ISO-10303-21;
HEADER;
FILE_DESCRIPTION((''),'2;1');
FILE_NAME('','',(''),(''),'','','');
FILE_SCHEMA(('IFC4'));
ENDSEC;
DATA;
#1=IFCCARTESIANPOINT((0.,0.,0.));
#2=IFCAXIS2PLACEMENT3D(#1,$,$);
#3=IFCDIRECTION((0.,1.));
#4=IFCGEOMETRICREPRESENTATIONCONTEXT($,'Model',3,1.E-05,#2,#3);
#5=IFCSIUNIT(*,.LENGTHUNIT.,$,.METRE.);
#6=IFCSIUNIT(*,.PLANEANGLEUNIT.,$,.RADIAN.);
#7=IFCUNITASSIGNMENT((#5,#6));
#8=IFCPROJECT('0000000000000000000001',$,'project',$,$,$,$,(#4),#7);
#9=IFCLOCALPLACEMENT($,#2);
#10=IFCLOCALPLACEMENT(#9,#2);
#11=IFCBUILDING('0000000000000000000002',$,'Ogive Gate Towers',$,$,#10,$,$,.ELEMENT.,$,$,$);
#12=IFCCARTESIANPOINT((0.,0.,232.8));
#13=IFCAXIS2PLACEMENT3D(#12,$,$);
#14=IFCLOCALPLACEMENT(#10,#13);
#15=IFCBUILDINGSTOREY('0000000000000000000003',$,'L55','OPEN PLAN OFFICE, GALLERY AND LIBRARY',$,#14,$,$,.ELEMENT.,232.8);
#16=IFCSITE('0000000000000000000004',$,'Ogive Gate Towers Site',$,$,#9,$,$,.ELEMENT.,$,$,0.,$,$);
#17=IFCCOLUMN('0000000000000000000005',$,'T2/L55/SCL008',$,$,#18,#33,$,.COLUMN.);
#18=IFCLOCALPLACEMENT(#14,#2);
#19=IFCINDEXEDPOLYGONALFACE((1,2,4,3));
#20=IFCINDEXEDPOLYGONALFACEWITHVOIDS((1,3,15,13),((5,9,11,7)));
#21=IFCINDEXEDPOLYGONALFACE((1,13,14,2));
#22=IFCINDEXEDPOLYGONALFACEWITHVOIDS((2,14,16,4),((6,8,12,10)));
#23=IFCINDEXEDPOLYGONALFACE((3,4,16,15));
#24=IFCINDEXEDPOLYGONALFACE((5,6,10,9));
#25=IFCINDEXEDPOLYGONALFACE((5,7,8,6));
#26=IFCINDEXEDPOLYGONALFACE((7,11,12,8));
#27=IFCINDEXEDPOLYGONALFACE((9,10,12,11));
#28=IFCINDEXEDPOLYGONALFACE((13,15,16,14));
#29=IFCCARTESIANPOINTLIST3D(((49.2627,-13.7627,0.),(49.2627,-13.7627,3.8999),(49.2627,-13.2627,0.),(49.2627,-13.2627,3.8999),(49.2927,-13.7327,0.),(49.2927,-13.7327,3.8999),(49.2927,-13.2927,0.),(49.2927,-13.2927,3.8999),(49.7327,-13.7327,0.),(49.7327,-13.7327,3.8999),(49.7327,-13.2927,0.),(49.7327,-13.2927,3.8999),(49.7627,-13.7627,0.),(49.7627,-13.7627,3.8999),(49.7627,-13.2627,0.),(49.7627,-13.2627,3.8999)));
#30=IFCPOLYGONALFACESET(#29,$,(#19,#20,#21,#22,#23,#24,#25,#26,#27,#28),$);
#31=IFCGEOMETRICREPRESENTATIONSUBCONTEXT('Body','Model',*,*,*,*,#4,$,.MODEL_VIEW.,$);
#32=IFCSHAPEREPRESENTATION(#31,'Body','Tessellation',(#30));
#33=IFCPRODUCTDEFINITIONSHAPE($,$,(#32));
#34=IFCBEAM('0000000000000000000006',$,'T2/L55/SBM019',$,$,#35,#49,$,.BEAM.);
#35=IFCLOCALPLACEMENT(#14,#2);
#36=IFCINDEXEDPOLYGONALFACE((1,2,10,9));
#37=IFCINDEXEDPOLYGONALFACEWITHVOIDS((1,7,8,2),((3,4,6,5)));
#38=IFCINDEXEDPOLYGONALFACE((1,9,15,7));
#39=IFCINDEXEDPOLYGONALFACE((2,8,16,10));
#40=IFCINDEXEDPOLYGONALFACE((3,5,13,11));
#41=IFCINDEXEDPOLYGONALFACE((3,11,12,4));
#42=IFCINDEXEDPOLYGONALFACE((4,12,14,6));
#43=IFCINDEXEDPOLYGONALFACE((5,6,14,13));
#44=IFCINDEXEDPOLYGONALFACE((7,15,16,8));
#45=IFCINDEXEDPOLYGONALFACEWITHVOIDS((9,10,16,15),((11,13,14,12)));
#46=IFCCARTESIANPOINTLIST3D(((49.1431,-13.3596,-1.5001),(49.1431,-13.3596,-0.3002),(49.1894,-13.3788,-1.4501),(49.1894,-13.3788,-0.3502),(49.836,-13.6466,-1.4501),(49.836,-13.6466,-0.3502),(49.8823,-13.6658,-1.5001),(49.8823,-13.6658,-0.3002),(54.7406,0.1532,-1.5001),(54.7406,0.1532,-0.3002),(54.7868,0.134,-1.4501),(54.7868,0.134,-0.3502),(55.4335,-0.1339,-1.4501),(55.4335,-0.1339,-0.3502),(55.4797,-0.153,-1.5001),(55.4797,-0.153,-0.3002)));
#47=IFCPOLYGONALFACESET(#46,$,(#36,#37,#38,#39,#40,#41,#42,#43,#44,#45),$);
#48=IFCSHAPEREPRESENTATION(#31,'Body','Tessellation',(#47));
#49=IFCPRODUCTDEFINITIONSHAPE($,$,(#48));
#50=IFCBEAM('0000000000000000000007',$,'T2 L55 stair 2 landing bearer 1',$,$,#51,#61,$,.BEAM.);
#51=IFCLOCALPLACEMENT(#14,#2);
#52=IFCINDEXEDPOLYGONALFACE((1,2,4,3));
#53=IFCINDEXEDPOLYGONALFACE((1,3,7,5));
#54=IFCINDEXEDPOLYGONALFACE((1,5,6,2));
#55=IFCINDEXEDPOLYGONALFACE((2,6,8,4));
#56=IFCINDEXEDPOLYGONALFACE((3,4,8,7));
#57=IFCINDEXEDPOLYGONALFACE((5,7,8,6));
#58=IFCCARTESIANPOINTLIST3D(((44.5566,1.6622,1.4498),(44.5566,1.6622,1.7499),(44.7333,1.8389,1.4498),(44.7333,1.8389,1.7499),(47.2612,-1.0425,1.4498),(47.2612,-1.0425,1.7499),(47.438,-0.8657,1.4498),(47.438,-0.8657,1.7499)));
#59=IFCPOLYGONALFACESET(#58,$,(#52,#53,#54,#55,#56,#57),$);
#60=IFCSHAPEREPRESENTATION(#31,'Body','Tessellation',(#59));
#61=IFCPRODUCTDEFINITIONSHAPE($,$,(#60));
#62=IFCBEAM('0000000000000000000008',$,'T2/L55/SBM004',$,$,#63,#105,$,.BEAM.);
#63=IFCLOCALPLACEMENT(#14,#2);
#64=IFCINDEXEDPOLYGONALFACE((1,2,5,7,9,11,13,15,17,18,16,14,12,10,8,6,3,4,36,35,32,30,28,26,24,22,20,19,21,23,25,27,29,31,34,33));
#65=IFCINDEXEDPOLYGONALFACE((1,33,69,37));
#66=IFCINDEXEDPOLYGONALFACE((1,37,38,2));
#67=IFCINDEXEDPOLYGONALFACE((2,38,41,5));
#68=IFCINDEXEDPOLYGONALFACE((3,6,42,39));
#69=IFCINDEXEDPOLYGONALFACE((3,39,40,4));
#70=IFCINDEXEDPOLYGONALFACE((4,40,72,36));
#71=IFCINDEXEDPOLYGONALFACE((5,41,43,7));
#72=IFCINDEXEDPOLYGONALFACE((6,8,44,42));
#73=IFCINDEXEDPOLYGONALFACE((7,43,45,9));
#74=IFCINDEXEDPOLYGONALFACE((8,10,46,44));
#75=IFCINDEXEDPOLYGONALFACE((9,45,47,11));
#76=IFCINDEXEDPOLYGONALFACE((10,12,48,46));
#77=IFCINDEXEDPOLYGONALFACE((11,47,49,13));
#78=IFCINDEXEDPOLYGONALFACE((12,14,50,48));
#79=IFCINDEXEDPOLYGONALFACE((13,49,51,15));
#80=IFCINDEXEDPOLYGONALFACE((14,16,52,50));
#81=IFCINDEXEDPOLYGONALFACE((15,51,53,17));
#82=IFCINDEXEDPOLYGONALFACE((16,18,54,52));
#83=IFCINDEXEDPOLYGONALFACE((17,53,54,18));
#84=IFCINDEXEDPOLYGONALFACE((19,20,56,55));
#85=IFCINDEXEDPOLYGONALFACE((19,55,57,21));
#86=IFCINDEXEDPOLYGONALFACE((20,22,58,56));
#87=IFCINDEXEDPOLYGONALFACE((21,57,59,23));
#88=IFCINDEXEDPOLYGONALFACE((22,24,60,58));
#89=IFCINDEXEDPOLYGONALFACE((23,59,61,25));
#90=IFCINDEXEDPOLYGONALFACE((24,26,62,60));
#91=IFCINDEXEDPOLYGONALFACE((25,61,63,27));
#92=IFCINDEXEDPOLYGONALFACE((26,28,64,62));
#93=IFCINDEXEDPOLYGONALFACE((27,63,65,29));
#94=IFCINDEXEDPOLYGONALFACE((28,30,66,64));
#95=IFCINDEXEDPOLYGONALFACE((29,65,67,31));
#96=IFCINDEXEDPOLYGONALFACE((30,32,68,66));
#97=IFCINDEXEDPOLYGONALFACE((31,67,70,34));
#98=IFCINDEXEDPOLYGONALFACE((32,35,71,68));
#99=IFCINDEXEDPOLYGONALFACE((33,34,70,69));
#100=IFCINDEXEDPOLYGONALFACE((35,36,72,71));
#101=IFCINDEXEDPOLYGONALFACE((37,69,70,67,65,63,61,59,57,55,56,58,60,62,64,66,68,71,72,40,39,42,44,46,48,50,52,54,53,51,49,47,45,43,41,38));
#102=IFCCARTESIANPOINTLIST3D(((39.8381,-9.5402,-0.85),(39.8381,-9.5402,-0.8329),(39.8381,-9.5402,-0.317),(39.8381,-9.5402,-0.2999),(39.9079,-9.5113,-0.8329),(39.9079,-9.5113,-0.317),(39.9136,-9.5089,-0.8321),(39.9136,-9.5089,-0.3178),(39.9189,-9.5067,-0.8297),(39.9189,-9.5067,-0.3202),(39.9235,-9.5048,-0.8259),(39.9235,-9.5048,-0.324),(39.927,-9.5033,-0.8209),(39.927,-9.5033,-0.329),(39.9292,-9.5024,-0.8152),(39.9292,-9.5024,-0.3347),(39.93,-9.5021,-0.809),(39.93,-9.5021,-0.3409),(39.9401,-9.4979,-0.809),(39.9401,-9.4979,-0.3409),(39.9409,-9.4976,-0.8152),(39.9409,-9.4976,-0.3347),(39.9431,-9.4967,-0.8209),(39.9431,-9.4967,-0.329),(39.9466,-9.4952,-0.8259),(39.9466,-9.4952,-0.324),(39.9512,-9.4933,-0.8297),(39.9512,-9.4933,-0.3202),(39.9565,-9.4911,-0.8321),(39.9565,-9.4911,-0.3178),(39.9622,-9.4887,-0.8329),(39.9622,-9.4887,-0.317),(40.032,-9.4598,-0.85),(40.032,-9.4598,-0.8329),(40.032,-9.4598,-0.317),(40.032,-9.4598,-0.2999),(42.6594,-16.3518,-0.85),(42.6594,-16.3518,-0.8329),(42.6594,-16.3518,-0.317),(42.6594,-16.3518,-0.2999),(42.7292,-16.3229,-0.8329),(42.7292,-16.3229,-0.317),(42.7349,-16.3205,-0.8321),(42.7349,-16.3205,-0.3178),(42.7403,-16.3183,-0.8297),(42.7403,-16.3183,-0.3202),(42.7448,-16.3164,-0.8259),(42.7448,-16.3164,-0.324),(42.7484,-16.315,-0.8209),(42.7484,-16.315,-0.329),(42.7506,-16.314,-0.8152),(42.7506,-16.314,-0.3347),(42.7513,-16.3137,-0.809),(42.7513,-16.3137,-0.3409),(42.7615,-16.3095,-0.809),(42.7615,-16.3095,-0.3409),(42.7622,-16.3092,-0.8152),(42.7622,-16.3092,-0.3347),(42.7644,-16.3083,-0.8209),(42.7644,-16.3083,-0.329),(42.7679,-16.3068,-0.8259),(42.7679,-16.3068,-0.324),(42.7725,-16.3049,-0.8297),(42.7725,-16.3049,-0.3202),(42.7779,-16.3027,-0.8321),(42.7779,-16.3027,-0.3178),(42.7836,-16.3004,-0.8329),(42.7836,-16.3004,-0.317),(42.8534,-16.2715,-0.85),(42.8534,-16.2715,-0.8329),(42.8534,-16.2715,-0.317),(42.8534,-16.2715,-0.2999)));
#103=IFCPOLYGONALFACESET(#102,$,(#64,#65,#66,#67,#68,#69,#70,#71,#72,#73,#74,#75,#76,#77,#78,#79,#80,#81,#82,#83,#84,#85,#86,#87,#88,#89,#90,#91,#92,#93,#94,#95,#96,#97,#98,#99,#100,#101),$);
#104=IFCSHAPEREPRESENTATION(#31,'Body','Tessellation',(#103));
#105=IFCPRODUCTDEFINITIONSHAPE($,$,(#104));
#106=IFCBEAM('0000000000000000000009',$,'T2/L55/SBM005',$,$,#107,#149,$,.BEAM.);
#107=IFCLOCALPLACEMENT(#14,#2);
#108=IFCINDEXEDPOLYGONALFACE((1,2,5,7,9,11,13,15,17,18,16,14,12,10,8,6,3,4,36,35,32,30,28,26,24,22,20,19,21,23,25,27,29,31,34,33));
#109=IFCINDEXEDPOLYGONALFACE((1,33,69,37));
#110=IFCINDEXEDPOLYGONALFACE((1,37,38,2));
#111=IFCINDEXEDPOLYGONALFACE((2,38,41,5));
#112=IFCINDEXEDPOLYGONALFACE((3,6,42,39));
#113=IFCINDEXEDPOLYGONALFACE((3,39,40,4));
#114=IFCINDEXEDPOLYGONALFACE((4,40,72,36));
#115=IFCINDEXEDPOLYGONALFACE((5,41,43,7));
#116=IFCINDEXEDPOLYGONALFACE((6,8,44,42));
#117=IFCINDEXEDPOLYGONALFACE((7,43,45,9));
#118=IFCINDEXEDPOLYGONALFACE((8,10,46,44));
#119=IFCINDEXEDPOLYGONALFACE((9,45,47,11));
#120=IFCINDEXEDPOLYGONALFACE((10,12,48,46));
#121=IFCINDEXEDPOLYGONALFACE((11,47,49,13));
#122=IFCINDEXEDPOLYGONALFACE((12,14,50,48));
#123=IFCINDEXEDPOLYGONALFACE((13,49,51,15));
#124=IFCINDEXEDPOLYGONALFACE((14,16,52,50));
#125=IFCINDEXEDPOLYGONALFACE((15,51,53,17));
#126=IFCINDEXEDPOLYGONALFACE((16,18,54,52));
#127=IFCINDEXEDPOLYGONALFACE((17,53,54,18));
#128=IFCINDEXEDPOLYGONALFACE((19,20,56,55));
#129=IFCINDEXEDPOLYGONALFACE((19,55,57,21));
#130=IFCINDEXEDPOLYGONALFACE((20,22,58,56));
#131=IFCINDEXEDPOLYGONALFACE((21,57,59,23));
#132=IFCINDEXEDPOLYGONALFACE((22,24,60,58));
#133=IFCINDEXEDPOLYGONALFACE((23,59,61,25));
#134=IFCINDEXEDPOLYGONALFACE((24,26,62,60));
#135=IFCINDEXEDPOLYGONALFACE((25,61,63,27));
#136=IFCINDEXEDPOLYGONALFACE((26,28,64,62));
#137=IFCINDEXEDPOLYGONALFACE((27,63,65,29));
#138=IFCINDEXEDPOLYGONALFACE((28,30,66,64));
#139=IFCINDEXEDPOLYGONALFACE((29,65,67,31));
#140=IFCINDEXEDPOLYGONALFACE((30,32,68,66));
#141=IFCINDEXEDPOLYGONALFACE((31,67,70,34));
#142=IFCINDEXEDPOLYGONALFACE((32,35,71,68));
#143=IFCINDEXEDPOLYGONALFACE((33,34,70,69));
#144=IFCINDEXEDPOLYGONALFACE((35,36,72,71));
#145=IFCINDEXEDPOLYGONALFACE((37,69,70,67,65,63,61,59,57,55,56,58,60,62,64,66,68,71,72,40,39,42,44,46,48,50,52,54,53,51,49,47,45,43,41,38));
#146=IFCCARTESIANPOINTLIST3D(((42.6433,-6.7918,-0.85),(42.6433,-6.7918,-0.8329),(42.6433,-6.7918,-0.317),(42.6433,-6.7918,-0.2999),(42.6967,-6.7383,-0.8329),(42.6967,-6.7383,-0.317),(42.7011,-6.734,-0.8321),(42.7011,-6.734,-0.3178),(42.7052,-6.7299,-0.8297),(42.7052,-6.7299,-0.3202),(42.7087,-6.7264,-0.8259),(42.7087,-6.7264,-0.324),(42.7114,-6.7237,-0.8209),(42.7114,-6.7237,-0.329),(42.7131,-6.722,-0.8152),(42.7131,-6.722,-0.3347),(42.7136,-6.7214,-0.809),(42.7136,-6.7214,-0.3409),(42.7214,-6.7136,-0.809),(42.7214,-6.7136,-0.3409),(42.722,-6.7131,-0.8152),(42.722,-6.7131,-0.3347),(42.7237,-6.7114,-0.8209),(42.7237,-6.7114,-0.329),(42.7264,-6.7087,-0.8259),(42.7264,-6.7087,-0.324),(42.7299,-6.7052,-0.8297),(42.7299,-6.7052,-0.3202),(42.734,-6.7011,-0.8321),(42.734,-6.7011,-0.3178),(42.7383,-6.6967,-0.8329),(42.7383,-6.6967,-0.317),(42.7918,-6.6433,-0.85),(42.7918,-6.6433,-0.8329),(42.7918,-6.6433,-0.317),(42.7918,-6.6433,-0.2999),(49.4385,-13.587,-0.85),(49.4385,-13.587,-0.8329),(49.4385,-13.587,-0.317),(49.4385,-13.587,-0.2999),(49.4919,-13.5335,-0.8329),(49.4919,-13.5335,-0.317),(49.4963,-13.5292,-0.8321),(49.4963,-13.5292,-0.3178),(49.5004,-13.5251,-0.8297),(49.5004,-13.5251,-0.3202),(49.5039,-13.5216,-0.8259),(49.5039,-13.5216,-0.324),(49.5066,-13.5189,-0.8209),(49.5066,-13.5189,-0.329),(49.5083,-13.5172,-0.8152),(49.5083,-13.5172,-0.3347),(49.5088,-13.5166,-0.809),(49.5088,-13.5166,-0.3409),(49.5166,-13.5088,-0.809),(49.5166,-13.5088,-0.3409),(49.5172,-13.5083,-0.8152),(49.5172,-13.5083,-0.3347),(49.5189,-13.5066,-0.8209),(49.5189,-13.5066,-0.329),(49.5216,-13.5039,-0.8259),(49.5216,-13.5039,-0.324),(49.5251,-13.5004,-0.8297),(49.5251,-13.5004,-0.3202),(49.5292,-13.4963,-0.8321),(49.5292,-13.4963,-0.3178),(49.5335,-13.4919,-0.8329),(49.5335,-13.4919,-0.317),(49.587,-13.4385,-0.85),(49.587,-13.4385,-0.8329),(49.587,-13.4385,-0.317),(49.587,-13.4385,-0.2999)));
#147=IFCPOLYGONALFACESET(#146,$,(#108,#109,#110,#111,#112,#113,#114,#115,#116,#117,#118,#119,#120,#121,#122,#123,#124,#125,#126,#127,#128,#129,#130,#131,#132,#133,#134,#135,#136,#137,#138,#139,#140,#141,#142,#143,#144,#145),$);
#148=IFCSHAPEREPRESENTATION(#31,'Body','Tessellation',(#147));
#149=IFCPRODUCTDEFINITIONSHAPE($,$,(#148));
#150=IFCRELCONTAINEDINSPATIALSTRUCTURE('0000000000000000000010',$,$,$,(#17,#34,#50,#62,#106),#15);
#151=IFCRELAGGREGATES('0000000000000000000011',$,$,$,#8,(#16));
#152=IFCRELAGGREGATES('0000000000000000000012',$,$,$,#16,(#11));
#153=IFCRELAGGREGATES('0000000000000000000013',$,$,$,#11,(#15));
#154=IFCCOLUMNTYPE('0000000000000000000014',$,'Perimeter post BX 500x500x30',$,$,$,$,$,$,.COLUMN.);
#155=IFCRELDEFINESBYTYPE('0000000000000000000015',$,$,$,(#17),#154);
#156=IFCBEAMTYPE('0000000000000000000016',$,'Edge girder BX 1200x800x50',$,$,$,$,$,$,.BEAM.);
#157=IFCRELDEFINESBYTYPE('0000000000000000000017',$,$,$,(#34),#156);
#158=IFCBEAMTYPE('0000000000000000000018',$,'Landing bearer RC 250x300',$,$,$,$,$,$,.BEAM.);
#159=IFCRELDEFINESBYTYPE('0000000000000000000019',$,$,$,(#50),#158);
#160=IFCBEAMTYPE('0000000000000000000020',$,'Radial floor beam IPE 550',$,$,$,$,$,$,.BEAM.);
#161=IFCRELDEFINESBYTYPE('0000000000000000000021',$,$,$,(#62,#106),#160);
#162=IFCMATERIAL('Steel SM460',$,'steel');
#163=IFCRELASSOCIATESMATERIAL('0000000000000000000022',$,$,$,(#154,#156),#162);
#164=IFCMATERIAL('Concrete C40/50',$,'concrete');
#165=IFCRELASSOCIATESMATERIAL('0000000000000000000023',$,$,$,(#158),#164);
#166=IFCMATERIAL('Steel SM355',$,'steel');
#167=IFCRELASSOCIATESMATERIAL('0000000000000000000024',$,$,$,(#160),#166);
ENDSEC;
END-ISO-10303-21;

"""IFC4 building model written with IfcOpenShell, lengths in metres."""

from ifc_helpers import new_model, si_unit, direction, frame, origin, origin_2d, place, context, subcontext, project, spatial, rectangle, hollow_rectangle, i_section, extrude, material, material_profile, profile_set, type_object, element, save


model = new_model("IFC4")

# Units and contexts
model_context = context("Model", 3, precision=1e-05, world=origin(), true_north=direction((0.0, 1.0)))
body_context = subcontext(model_context, "Body", "Model", "MODEL_VIEW")
ifc_project = project(units=[si_unit("LENGTHUNIT", "METRE"), si_unit("PLANEANGLEUNIT", "RADIAN")], contexts=[model_context])

# Site, building, storey
site_placement = place(None, origin())
site = spatial("IfcSite", under=ifc_project, at=site_placement, Name="Ogive Gate Towers Site", CompositionType="ELEMENT", RefElevation=0.0)
building_placement = place(site_placement, origin())
building = spatial("IfcBuilding", under=site, at=building_placement, Name="Ogive Gate Towers", CompositionType="ELEMENT")
storey_placement = place(building_placement, frame((0.0, 0.0, 232.8)))
storey = spatial("IfcBuildingStorey", under=building, at=storey_placement, Name="L55", Description="OPEN PLAN OFFICE, GALLERY AND LIBRARY", CompositionType="ELEMENT", Elevation=232.8)

# Column
ifc_material_1 = material(Name="Steel SM460", Category="steel")
ifc_material_profile_1 = material_profile(ifc_material_1, hollow_rectangle(XDim=0.5, YDim=0.5, WallThickness=0.03, at=origin_2d()), Name="BX 500x500x30")
ifc_profile_set_1 = profile_set([ifc_material_profile_1], Name="Steel SM460")
column_type = type_object("IfcColumnType", Name="Perimeter post BX 500x500x30", PredefinedType="COLUMN", material=ifc_profile_set_1)
column_placement = place(storey_placement, frame((49.5127, -13.5127, 0.0), z_axis=(0.0, 0.0, 1.0), x_axis=(1.0, 0.0, 0.0)))
element("IfcColumn", 1, at=column_placement, inside=storey, type_object=column_type, Name="T2/L55/SCL008", PredefinedType="COLUMN", context=body_context, shape_type="SweptSolid", body=[
    extrude(hollow_rectangle(XDim=0.5, YDim=0.5, WallThickness=0.03, at=origin_2d()), origin(), (0.0, 0.0, 1.0), 3.8999),
])

# Beams
ifc_material_profile_2 = material_profile(ifc_material_1, hollow_rectangle(XDim=0.8, YDim=1.2, WallThickness=0.05, at=origin_2d()), Name="BX 1200x800x50")
ifc_profile_set_2 = profile_set([ifc_material_profile_2], Name="Steel SM460")
beam_type_1 = type_object("IfcBeamType", Name="Edge girder BX 1200x800x50", PredefinedType="BEAM", material=ifc_profile_set_2)
beam_1_placement = place(storey_placement, frame((49.5127, -13.5127, -0.9001), z_axis=(0.382699, 0.923873, 0.0), x_axis=(-0.923873, 0.382699, 0.0)))
element("IfcBeam", 2, at=beam_1_placement, inside=storey, type_object=beam_type_1, Name="T2/L55/SBM019", PredefinedType="BEAM", context=body_context, shape_type="SweptSolid", body=[
    extrude(hollow_rectangle(XDim=0.8, YDim=1.2, WallThickness=0.05, at=origin_2d()), origin(), (0.0, 0.0, 1.0), 14.6262),
])
ifc_material_2 = material(Name="Concrete C40/50", Category="concrete")
ifc_material_profile_3 = material_profile(ifc_material_2, rectangle(XDim=0.25, YDim=0.3, at=origin_2d()), Name="RC 250x300")
ifc_profile_set_3 = profile_set([ifc_material_profile_3], Name="Concrete C40/50")
beam_type_2 = type_object("IfcBeamType", Name="Landing bearer RC 250x300", PredefinedType="BEAM", material=ifc_profile_set_3)
beam_2_placement = place(storey_placement, frame((47.3496, -0.9541, 1.5999), z_axis=(-0.707107, 0.707107, 0.0), x_axis=(-0.707107, -0.707107, 0.0)))
element("IfcBeam", 3, at=beam_2_placement, inside=storey, type_object=beam_type_2, Name="T2 L55 stair 2 landing bearer 1", PredefinedType="BEAM", context=body_context, shape_type="SweptSolid", body=[
    extrude(rectangle(XDim=0.25, YDim=0.3, at=origin_2d()), origin(), (0.0, 0.0, 1.0), 3.825),
])
ifc_material_3 = material(Name="Steel SM355", Category="steel")
ifc_material_profile_4 = material_profile(ifc_material_3, i_section(OverallWidth=0.21, OverallDepth=0.55, WebThickness=0.011, FlangeThickness=0.0171, FilletRadius=0.0239, at=origin_2d()), Name="IPE 550")
ifc_profile_set_4 = profile_set([ifc_material_profile_4], Name="Steel SM355")
beam_type_3 = type_object("IfcBeamType", Name="Radial floor beam IPE 550", PredefinedType="BEAM", material=ifc_profile_set_4)
beam_3_placement = place(storey_placement, frame((39.9351, -9.5, -0.575), z_axis=(0.382668, -0.923886, 0.0), x_axis=(0.923886, 0.382668, 0.0)))
element("IfcBeam", 4, at=beam_3_placement, inside=storey, type_object=beam_type_3, Name="T2/L55/SBM004", PredefinedType="BEAM", context=body_context, shape_type="SweptSolid", body=[
    extrude(i_section(OverallWidth=0.21, OverallDepth=0.55, WebThickness=0.011, FlangeThickness=0.0171, FilletRadius=0.0239, at=origin_2d()), origin(), (0.0, 0.0, 1.0), 7.3728),
])
beam_4_placement = place(storey_placement, frame((42.7175, -6.7175, -0.575), z_axis=(0.707107, -0.707107, 0.0), x_axis=(0.707107, 0.707107, 0.0)))
element("IfcBeam", 5, at=beam_4_placement, inside=storey, type_object=beam_type_3, Name="T2/L55/SBM005", PredefinedType="BEAM", context=body_context, shape_type="SweptSolid", body=[
    extrude(i_section(OverallWidth=0.21, OverallDepth=0.55, WebThickness=0.011, FlangeThickness=0.0171, FilletRadius=0.0239, at=origin_2d()), origin(), (0.0, 0.0, 1.0), 9.6099),
])

save(model, "model.ifc")
